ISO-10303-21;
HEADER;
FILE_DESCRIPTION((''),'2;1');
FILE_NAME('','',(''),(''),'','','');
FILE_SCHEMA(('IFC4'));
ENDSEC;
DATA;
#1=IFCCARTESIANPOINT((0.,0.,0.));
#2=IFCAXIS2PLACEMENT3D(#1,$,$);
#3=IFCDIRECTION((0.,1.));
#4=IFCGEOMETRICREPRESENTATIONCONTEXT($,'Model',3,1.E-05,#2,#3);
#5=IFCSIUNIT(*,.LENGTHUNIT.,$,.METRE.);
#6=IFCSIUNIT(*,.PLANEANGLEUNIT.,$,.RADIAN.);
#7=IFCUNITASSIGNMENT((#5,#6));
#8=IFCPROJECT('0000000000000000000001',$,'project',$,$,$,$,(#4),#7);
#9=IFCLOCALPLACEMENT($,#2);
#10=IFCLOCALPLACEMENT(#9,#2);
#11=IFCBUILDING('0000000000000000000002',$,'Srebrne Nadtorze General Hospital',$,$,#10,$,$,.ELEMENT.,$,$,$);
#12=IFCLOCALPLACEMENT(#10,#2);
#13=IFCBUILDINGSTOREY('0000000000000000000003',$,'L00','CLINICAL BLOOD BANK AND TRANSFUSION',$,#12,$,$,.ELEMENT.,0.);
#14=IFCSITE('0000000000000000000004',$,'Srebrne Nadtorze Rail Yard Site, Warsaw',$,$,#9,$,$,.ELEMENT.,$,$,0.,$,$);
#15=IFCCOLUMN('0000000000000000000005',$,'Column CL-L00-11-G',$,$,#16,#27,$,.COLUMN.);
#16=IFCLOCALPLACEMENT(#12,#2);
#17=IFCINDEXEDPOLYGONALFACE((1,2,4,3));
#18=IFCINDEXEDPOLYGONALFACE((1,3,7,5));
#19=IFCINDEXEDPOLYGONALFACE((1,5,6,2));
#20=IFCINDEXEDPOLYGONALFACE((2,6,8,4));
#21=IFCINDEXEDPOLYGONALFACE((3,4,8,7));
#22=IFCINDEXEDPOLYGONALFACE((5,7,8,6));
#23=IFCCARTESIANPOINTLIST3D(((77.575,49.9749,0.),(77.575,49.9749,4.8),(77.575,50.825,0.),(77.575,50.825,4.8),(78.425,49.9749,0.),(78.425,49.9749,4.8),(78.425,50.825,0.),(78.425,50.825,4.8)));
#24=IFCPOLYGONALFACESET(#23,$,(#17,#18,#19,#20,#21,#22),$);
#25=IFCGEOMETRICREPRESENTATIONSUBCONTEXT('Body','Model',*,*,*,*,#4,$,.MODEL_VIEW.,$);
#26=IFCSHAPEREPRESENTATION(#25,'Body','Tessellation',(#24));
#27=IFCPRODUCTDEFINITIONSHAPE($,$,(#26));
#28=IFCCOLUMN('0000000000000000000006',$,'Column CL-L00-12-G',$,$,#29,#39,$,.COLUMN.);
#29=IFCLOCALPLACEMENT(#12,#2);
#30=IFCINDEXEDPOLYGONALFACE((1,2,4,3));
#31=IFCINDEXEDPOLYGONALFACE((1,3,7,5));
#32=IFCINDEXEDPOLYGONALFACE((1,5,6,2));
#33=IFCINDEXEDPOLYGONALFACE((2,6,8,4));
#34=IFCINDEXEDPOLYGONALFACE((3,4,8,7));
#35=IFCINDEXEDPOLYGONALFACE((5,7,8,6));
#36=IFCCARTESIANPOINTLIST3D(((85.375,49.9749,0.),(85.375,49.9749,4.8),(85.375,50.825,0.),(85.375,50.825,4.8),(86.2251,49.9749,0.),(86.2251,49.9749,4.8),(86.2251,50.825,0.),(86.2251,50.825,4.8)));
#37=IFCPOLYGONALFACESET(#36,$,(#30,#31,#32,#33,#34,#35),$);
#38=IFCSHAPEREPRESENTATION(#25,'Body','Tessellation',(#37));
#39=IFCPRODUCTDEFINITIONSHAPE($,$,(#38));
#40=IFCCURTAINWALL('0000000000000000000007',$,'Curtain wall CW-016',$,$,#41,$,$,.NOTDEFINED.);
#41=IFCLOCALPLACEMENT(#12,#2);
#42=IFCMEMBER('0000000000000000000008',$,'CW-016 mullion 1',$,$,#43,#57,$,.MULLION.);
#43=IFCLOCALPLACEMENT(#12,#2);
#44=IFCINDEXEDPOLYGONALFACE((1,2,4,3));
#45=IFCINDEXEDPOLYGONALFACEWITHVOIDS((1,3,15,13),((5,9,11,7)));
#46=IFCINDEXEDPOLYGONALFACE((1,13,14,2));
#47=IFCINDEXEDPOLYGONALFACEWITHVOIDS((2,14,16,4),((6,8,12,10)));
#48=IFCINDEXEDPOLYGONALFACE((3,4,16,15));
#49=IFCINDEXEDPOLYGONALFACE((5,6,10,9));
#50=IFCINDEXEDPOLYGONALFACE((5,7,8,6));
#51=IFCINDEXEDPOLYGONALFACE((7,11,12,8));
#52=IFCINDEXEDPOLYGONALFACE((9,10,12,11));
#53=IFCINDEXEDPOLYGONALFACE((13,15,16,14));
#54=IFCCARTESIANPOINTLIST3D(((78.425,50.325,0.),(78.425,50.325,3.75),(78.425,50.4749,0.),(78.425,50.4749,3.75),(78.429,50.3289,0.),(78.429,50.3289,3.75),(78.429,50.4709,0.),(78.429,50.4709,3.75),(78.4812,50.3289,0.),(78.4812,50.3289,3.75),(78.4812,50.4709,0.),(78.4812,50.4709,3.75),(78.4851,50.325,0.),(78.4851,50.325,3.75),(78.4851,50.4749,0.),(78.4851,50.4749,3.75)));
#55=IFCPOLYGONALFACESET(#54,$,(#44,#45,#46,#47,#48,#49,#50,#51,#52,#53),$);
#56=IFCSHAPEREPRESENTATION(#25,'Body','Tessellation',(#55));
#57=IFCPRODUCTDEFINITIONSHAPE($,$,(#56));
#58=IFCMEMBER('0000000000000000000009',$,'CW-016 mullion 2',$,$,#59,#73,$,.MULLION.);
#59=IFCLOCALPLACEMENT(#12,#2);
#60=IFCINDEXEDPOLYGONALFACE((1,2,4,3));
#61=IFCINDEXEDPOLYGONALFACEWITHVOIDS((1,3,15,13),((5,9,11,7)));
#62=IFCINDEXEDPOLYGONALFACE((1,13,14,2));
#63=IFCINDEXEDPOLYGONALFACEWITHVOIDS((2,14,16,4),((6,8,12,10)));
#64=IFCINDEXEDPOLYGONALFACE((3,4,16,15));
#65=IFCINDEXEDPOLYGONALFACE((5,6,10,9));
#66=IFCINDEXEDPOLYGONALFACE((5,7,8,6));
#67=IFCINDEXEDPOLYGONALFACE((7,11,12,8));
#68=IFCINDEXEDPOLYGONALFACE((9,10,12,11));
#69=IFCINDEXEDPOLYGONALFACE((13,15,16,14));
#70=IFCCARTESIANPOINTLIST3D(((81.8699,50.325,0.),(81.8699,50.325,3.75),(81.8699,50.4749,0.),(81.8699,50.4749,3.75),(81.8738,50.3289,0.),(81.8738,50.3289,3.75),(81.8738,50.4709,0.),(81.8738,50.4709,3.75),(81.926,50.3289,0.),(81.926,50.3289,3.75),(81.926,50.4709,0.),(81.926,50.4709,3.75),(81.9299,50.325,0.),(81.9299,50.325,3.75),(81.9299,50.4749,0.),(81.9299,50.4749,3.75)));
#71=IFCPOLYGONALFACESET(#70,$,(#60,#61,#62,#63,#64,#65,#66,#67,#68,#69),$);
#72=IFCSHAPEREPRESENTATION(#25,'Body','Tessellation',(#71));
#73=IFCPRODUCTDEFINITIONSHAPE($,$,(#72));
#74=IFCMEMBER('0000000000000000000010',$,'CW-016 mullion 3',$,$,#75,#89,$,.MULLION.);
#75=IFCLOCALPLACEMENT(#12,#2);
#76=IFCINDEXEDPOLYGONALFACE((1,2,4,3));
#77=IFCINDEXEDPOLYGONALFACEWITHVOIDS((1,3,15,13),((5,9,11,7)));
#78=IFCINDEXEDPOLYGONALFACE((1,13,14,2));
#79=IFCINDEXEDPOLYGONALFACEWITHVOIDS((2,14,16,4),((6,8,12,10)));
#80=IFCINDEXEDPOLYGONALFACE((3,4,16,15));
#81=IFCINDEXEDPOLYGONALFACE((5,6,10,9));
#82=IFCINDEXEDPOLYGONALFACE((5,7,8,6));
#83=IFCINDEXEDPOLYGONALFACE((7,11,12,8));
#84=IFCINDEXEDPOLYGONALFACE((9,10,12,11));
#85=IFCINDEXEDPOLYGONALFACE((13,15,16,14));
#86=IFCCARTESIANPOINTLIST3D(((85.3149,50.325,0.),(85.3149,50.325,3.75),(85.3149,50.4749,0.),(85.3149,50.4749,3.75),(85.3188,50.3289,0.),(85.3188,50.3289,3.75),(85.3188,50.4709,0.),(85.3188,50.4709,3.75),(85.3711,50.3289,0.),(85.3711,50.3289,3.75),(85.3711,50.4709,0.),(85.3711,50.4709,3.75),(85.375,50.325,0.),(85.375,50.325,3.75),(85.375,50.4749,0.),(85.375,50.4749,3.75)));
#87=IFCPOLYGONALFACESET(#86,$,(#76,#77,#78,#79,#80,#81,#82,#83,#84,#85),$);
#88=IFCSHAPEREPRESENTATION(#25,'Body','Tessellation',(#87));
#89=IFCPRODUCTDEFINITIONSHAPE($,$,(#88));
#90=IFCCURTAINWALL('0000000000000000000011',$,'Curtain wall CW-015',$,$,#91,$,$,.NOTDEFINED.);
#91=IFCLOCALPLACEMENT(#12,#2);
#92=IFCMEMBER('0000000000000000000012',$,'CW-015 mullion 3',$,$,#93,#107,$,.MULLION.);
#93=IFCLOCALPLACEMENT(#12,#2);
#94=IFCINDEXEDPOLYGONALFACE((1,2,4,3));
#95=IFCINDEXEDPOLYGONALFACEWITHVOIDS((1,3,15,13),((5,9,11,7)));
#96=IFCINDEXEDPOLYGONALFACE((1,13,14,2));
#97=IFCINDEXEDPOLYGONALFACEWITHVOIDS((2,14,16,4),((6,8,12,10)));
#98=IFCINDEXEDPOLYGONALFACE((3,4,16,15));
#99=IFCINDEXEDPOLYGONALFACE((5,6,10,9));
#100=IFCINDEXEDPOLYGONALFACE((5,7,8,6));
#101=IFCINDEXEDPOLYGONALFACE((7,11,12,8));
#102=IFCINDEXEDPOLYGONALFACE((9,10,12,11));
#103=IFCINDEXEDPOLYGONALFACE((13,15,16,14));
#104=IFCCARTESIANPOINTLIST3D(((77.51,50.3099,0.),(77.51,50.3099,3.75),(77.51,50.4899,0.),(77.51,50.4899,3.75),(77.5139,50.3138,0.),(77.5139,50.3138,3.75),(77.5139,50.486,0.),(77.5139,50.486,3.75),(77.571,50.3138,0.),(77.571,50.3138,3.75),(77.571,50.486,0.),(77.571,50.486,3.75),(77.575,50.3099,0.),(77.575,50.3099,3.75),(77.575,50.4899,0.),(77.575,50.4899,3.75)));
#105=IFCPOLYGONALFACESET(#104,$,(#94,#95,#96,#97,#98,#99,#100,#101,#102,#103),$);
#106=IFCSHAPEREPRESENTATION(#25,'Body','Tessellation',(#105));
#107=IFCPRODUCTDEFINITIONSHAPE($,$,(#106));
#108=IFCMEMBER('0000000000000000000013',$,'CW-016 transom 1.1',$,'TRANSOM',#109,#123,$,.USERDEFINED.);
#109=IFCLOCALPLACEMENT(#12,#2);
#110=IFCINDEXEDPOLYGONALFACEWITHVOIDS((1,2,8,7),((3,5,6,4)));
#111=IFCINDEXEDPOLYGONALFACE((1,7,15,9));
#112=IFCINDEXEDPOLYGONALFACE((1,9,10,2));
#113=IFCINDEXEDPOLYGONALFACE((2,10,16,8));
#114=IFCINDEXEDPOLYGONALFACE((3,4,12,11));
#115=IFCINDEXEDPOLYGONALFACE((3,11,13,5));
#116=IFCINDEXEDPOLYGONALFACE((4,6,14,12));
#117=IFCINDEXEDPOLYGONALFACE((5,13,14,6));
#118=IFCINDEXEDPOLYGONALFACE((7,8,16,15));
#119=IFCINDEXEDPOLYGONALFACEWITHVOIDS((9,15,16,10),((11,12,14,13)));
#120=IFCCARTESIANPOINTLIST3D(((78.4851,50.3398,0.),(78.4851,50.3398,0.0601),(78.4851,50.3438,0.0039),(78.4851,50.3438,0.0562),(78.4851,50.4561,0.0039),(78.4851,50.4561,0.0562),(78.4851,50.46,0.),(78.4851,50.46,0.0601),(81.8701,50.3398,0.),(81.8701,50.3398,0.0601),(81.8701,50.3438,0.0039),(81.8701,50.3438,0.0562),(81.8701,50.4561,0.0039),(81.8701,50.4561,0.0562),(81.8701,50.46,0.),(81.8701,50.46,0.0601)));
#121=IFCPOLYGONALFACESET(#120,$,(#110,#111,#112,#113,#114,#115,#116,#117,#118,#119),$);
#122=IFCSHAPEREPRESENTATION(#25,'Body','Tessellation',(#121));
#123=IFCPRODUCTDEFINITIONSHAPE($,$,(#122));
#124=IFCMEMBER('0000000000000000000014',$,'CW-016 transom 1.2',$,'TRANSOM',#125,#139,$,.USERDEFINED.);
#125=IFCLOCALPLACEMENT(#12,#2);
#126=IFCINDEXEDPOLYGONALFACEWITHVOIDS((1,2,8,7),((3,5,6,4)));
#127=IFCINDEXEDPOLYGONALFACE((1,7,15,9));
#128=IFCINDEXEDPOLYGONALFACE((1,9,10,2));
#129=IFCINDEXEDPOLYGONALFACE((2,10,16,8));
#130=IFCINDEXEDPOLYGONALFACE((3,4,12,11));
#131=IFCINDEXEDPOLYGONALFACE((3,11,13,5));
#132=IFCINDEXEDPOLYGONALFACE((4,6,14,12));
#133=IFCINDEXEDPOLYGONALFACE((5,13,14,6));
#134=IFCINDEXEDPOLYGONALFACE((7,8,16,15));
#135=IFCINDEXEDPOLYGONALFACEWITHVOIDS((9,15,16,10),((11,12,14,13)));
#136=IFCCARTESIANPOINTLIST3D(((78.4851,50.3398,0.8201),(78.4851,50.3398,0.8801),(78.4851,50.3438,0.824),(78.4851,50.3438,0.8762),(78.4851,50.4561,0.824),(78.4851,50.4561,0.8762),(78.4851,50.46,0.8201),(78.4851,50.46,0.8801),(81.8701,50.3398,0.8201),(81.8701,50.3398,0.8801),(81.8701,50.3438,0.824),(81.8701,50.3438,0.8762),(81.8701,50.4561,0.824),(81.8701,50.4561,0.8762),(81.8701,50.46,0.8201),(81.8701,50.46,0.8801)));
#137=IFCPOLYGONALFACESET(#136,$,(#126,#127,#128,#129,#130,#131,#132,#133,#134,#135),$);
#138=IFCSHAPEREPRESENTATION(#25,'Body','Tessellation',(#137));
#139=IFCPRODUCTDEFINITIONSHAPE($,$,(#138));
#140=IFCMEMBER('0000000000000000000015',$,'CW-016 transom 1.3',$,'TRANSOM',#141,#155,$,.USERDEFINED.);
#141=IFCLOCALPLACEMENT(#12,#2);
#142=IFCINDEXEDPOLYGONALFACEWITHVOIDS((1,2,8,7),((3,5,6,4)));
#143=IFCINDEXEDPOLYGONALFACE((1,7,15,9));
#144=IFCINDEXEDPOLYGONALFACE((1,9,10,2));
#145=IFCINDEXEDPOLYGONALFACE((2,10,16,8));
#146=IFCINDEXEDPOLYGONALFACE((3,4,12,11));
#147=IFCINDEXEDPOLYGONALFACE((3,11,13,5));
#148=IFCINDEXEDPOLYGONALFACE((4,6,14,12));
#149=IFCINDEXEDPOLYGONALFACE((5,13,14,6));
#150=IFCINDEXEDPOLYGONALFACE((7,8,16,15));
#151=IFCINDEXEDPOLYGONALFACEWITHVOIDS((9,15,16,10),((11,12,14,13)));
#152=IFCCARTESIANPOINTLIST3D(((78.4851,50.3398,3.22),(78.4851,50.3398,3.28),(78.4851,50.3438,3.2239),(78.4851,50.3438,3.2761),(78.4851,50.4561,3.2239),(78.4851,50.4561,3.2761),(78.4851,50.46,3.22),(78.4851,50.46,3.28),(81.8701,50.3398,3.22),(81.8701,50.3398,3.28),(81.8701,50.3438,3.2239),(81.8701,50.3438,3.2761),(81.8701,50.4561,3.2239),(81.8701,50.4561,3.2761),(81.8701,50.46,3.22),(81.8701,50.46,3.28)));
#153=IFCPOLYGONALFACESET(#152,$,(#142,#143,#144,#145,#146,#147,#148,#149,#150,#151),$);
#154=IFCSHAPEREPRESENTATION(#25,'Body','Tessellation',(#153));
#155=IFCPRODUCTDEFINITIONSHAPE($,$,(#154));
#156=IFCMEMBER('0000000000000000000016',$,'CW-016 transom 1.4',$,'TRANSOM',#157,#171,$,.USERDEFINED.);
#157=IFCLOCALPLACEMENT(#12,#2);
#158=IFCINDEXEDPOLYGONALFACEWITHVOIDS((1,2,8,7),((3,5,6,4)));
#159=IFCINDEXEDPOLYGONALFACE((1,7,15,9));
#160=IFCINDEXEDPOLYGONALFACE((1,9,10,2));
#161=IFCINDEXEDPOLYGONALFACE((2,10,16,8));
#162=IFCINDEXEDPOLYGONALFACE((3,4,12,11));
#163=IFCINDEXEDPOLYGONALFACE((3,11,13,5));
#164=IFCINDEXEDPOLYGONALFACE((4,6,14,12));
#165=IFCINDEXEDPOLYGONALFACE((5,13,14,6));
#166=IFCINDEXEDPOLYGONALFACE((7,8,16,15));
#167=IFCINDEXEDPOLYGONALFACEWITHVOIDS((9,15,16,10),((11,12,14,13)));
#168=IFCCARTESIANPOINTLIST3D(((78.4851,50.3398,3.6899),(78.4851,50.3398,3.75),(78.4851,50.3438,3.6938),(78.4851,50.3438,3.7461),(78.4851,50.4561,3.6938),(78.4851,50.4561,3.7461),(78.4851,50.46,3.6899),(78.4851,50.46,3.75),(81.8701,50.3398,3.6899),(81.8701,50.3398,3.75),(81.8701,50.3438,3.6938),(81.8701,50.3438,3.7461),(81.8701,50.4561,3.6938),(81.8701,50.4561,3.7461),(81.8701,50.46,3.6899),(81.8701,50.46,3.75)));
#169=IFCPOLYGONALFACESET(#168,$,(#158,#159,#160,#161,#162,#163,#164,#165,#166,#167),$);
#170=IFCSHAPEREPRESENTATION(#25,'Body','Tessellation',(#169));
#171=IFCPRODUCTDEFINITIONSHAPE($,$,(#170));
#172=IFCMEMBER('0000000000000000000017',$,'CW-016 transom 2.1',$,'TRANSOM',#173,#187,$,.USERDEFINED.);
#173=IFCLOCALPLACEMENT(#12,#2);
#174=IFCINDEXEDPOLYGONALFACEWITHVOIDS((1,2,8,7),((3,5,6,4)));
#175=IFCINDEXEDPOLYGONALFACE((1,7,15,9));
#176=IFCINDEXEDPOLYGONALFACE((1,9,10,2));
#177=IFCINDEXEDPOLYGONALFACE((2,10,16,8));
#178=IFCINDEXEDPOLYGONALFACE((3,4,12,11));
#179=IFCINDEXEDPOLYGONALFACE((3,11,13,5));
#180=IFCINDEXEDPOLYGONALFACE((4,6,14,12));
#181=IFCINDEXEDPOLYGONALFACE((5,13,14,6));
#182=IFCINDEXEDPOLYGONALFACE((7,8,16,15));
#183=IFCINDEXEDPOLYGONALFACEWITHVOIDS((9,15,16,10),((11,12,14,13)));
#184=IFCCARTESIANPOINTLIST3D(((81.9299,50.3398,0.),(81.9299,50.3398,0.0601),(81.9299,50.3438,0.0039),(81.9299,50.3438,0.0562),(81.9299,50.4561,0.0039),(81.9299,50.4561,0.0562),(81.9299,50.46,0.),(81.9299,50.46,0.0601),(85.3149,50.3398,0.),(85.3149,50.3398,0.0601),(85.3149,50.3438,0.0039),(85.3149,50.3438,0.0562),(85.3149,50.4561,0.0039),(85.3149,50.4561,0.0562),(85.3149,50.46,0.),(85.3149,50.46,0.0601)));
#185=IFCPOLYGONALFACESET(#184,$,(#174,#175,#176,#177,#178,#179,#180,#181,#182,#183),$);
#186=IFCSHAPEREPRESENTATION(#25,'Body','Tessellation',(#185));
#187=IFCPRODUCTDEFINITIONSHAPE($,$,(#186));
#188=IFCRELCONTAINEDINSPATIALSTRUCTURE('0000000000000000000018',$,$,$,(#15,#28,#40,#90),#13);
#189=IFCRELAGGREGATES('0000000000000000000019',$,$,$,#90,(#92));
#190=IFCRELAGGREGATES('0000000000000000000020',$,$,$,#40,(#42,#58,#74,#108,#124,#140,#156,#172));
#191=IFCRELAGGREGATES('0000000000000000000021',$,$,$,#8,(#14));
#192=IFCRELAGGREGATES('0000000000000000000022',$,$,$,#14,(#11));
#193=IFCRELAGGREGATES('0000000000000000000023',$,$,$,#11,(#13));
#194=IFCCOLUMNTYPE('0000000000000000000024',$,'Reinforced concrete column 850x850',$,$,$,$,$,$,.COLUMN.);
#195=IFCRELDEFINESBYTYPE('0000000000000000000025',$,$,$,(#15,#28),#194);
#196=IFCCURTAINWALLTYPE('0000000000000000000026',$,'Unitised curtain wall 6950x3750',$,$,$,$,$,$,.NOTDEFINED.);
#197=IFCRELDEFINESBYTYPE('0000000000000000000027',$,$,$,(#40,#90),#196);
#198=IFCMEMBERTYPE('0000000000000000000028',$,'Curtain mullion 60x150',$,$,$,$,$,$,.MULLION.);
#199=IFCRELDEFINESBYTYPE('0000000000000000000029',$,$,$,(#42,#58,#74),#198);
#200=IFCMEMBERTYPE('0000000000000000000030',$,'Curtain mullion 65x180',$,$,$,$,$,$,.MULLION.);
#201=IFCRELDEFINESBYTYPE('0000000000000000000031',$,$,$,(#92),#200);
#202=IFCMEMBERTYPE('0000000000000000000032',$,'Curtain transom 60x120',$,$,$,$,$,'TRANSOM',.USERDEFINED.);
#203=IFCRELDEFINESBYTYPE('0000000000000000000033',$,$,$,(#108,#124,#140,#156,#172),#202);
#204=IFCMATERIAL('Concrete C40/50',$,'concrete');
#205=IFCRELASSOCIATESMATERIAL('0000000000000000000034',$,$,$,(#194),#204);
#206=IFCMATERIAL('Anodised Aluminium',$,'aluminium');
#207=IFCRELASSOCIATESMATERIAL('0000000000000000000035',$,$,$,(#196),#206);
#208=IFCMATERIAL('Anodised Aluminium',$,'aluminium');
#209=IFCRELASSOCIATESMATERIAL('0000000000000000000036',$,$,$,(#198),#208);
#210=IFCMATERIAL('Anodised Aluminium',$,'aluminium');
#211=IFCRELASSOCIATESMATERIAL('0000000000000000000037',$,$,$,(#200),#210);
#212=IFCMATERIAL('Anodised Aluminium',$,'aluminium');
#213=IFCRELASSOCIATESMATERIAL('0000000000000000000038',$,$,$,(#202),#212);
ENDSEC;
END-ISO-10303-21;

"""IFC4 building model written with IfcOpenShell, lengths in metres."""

from ifc_helpers import new_model, si_unit, direction, frame, origin, origin_2d, place, context, subcontext, project, spatial, rectangle, hollow_rectangle, extrude, material, material_profile, profile_set, type_object, element, aggregate, save


model = new_model("IFC4")

# Units and contexts
model_context = context("Model", 3, precision=1e-05, world=origin(), true_north=direction((0.0, 1.0)))
body_context = subcontext(model_context, "Body", "Model", "MODEL_VIEW")
ifc_project = project(units=[si_unit("LENGTHUNIT", "METRE"), si_unit("PLANEANGLEUNIT", "RADIAN")], contexts=[model_context])

# Site, building, storey
site_placement = place(None, origin())
site = spatial("IfcSite", under=ifc_project, at=site_placement, Name="Srebrne Nadtorze Rail Yard Site, Warsaw", CompositionType="ELEMENT", RefElevation=0.0)
building_placement = place(site_placement, origin())
building = spatial("IfcBuilding", under=site, at=building_placement, Name="Srebrne Nadtorze General Hospital", CompositionType="ELEMENT")
storey_placement = place(building_placement, origin())
storey = spatial("IfcBuildingStorey", under=building, at=storey_placement, Name="L00", Description="CLINICAL BLOOD BANK AND TRANSFUSION", CompositionType="ELEMENT", Elevation=0.0)

# Columns
ifc_material_1 = material(Name="Concrete C40/50", Category="concrete")
ifc_material_profile_1 = material_profile(ifc_material_1, rectangle(XDim=0.8501, YDim=0.8501, at=origin_2d()), Name="RC-COL-850x850")
ifc_profile_set_1 = profile_set([ifc_material_profile_1], Name="Concrete C40/50")
column_type = type_object("IfcColumnType", Name="Reinforced concrete column 850x850", PredefinedType="COLUMN", material=ifc_profile_set_1)
for number, where, z_axis, x_axis, name in (
    (1, (78.0, 50.3999, 0.0), (0.0, 0.0, 1.0), (1.0, 0.0, 0.0), "Column CL-L00-11-G"),
    (2, (85.8, 50.3999, 0.0), (0.0, 0.0, 1.0), (1.0, 0.0, 0.0), "Column CL-L00-12-G"),
):
    element("IfcColumn", number, at=place(storey_placement, frame(where, z_axis=z_axis, x_axis=x_axis)), inside=storey, type_object=column_type, Name=name, PredefinedType="COLUMN", context=body_context, shape_type="SweptSolid", body=[
        extrude(rectangle(XDim=0.8501, YDim=0.8501, at=origin_2d()), origin(), (0.0, 0.0, 1.0), 4.8),
    ])

# Curtain wall, members
ifc_material_2 = material(Name="Anodised Aluminium", Category="aluminium")
curtain_wall_type = type_object("IfcCurtainWallType", Name="Unitised curtain wall 6950x3750", PredefinedType="NOTDEFINED", material=ifc_material_2)
curtain_wall_1_placement = place(storey_placement, origin())
curtain_wall_1 = element("IfcCurtainWall", 3, at=curtain_wall_1_placement, inside=storey, type_object=curtain_wall_type, Name="Curtain wall CW-016", PredefinedType="NOTDEFINED")
ifc_material_3 = material(Name="Anodised Aluminium", Category="aluminium")
ifc_material_profile_2 = material_profile(ifc_material_3, hollow_rectangle(XDim=0.0601, YDim=0.1499, WallThickness=0.0039, at=origin_2d()), Name="AL-MUL-60x150")
ifc_profile_set_2 = profile_set([ifc_material_profile_2], Name="Anodised Aluminium")
member_type_1 = type_object("IfcMemberType", Name="Curtain mullion 60x150", PredefinedType="MULLION", material=ifc_profile_set_2)
member_1_placement = place(storey_placement, frame((78.4551, 50.3999, 0.0), z_axis=(0.0, 0.0, 1.0), x_axis=(1.0, 0.0, 0.0)))
member_1 = element("IfcMember", 4, at=member_1_placement, type_object=member_type_1, Name="CW-016 mullion 1", PredefinedType="MULLION", context=body_context, shape_type="SweptSolid", body=[
    extrude(hollow_rectangle(XDim=0.0601, YDim=0.1499, WallThickness=0.0039, at=origin_2d()), origin(), (0.0, 0.0, 1.0), 3.75),
])
member_2_placement = place(storey_placement, frame((81.8999, 50.3999, 0.0), z_axis=(0.0, 0.0, 1.0), x_axis=(1.0, 0.0, 0.0)))
member_2 = element("IfcMember", 5, at=member_2_placement, type_object=member_type_1, Name="CW-016 mullion 2", PredefinedType="MULLION", context=body_context, shape_type="SweptSolid", body=[
    extrude(hollow_rectangle(XDim=0.0601, YDim=0.1499, WallThickness=0.0039, at=origin_2d()), origin(), (0.0, 0.0, 1.0), 3.75),
])
member_3_placement = place(storey_placement, frame((85.345, 50.3999, 0.0), z_axis=(0.0, 0.0, 1.0), x_axis=(1.0, 0.0, 0.0)))
member_3 = element("IfcMember", 6, at=member_3_placement, type_object=member_type_1, Name="CW-016 mullion 3", PredefinedType="MULLION", context=body_context, shape_type="SweptSolid", body=[
    extrude(hollow_rectangle(XDim=0.0601, YDim=0.1499, WallThickness=0.0039, at=origin_2d()), origin(), (0.0, 0.0, 1.0), 3.75),
])

# Curtain wall, member
curtain_wall_2_placement = place(storey_placement, origin())
curtain_wall_2 = element("IfcCurtainWall", 7, at=curtain_wall_2_placement, inside=storey, type_object=curtain_wall_type, Name="Curtain wall CW-015", PredefinedType="NOTDEFINED")
ifc_material_4 = material(Name="Anodised Aluminium", Category="aluminium")
ifc_material_profile_3 = material_profile(ifc_material_4, hollow_rectangle(XDim=0.0649, YDim=0.1799, WallThickness=0.0039, at=origin_2d()), Name="AL-MUL-65x180")
ifc_profile_set_3 = profile_set([ifc_material_profile_3], Name="Anodised Aluminium")
member_type_2 = type_object("IfcMemberType", Name="Curtain mullion 65x180", PredefinedType="MULLION", material=ifc_profile_set_3)
member_4_placement = place(storey_placement, frame((77.5425, 50.3999, 0.0), z_axis=(0.0, 0.0, 1.0), x_axis=(1.0, 0.0, 0.0)))
member_4 = element("IfcMember", 8, at=member_4_placement, type_object=member_type_2, Name="CW-015 mullion 3", PredefinedType="MULLION", context=body_context, shape_type="SweptSolid", body=[
    extrude(hollow_rectangle(XDim=0.0649, YDim=0.1799, WallThickness=0.0039, at=origin_2d()), origin(), (0.0, 0.0, 1.0), 3.75),
])

# Members
ifc_material_5 = material(Name="Anodised Aluminium", Category="aluminium")
ifc_material_profile_4 = material_profile(ifc_material_5, hollow_rectangle(XDim=0.0601, YDim=0.1201, WallThickness=0.0039, at=origin_2d()), Name="AL-TRN-60x120")
ifc_profile_set_4 = profile_set([ifc_material_profile_4], Name="Anodised Aluminium")
member_type_3 = type_object("IfcMemberType", Name="Curtain transom 60x120", ElementType="TRANSOM", PredefinedType="USERDEFINED", material=ifc_profile_set_4)
member_5_placement = place(storey_placement, frame((78.4851, 50.3999, 0.03), z_axis=(1.0, 0.0, 0.0), x_axis=(0.0, 0.0, 1.0)))
member_5 = element("IfcMember", 9, at=member_5_placement, type_object=member_type_3, Name="CW-016 transom 1.1", ObjectType="TRANSOM", PredefinedType="USERDEFINED", context=body_context, shape_type="SweptSolid", body=[
    extrude(hollow_rectangle(XDim=0.0601, YDim=0.1201, WallThickness=0.0039, at=origin_2d()), origin(), (0.0, 0.0, 1.0), 3.385),
])
member_6_placement = place(storey_placement, frame((78.4851, 50.3999, 0.8501), z_axis=(1.0, 0.0, 0.0), x_axis=(0.0, 0.0, 1.0)))
member_6 = element("IfcMember", 10, at=member_6_placement, type_object=member_type_3, Name="CW-016 transom 1.2", ObjectType="TRANSOM", PredefinedType="USERDEFINED", context=body_context, shape_type="SweptSolid", body=[
    extrude(hollow_rectangle(XDim=0.0601, YDim=0.1201, WallThickness=0.0039, at=origin_2d()), origin(), (0.0, 0.0, 1.0), 3.385),
])
member_7_placement = place(storey_placement, frame((78.4851, 50.3999, 3.25), z_axis=(1.0, 0.0, 0.0), x_axis=(0.0, 0.0, 1.0)))
member_7 = element("IfcMember", 11, at=member_7_placement, type_object=member_type_3, Name="CW-016 transom 1.3", ObjectType="TRANSOM", PredefinedType="USERDEFINED", context=body_context, shape_type="SweptSolid", body=[
    extrude(hollow_rectangle(XDim=0.0601, YDim=0.1201, WallThickness=0.0039, at=origin_2d()), origin(), (0.0, 0.0, 1.0), 3.385),
])
member_8_placement = place(storey_placement, frame((78.4851, 50.3999, 3.72), z_axis=(1.0, 0.0, 0.0), x_axis=(0.0, 0.0, 1.0)))
member_8 = element("IfcMember", 12, at=member_8_placement, type_object=member_type_3, Name="CW-016 transom 1.4", ObjectType="TRANSOM", PredefinedType="USERDEFINED", context=body_context, shape_type="SweptSolid", body=[
    extrude(hollow_rectangle(XDim=0.0601, YDim=0.1201, WallThickness=0.0039, at=origin_2d()), origin(), (0.0, 0.0, 1.0), 3.385),
])
member_9_placement = place(storey_placement, frame((81.9299, 50.3999, 0.03), z_axis=(1.0, 0.0, 0.0), x_axis=(0.0, 0.0, 1.0)))
member_9 = element("IfcMember", 13, at=member_9_placement, type_object=member_type_3, Name="CW-016 transom 2.1", ObjectType="TRANSOM", PredefinedType="USERDEFINED", context=body_context, shape_type="SweptSolid", body=[
    extrude(hollow_rectangle(XDim=0.0601, YDim=0.1201, WallThickness=0.0039, at=origin_2d()), origin(), (0.0, 0.0, 1.0), 3.385),
])

aggregate(curtain_wall_2, [member_4])
aggregate(curtain_wall_1, [member_1, member_2, member_3, member_5, member_6, member_7, member_8, member_9])

save(model, "model.ifc")
